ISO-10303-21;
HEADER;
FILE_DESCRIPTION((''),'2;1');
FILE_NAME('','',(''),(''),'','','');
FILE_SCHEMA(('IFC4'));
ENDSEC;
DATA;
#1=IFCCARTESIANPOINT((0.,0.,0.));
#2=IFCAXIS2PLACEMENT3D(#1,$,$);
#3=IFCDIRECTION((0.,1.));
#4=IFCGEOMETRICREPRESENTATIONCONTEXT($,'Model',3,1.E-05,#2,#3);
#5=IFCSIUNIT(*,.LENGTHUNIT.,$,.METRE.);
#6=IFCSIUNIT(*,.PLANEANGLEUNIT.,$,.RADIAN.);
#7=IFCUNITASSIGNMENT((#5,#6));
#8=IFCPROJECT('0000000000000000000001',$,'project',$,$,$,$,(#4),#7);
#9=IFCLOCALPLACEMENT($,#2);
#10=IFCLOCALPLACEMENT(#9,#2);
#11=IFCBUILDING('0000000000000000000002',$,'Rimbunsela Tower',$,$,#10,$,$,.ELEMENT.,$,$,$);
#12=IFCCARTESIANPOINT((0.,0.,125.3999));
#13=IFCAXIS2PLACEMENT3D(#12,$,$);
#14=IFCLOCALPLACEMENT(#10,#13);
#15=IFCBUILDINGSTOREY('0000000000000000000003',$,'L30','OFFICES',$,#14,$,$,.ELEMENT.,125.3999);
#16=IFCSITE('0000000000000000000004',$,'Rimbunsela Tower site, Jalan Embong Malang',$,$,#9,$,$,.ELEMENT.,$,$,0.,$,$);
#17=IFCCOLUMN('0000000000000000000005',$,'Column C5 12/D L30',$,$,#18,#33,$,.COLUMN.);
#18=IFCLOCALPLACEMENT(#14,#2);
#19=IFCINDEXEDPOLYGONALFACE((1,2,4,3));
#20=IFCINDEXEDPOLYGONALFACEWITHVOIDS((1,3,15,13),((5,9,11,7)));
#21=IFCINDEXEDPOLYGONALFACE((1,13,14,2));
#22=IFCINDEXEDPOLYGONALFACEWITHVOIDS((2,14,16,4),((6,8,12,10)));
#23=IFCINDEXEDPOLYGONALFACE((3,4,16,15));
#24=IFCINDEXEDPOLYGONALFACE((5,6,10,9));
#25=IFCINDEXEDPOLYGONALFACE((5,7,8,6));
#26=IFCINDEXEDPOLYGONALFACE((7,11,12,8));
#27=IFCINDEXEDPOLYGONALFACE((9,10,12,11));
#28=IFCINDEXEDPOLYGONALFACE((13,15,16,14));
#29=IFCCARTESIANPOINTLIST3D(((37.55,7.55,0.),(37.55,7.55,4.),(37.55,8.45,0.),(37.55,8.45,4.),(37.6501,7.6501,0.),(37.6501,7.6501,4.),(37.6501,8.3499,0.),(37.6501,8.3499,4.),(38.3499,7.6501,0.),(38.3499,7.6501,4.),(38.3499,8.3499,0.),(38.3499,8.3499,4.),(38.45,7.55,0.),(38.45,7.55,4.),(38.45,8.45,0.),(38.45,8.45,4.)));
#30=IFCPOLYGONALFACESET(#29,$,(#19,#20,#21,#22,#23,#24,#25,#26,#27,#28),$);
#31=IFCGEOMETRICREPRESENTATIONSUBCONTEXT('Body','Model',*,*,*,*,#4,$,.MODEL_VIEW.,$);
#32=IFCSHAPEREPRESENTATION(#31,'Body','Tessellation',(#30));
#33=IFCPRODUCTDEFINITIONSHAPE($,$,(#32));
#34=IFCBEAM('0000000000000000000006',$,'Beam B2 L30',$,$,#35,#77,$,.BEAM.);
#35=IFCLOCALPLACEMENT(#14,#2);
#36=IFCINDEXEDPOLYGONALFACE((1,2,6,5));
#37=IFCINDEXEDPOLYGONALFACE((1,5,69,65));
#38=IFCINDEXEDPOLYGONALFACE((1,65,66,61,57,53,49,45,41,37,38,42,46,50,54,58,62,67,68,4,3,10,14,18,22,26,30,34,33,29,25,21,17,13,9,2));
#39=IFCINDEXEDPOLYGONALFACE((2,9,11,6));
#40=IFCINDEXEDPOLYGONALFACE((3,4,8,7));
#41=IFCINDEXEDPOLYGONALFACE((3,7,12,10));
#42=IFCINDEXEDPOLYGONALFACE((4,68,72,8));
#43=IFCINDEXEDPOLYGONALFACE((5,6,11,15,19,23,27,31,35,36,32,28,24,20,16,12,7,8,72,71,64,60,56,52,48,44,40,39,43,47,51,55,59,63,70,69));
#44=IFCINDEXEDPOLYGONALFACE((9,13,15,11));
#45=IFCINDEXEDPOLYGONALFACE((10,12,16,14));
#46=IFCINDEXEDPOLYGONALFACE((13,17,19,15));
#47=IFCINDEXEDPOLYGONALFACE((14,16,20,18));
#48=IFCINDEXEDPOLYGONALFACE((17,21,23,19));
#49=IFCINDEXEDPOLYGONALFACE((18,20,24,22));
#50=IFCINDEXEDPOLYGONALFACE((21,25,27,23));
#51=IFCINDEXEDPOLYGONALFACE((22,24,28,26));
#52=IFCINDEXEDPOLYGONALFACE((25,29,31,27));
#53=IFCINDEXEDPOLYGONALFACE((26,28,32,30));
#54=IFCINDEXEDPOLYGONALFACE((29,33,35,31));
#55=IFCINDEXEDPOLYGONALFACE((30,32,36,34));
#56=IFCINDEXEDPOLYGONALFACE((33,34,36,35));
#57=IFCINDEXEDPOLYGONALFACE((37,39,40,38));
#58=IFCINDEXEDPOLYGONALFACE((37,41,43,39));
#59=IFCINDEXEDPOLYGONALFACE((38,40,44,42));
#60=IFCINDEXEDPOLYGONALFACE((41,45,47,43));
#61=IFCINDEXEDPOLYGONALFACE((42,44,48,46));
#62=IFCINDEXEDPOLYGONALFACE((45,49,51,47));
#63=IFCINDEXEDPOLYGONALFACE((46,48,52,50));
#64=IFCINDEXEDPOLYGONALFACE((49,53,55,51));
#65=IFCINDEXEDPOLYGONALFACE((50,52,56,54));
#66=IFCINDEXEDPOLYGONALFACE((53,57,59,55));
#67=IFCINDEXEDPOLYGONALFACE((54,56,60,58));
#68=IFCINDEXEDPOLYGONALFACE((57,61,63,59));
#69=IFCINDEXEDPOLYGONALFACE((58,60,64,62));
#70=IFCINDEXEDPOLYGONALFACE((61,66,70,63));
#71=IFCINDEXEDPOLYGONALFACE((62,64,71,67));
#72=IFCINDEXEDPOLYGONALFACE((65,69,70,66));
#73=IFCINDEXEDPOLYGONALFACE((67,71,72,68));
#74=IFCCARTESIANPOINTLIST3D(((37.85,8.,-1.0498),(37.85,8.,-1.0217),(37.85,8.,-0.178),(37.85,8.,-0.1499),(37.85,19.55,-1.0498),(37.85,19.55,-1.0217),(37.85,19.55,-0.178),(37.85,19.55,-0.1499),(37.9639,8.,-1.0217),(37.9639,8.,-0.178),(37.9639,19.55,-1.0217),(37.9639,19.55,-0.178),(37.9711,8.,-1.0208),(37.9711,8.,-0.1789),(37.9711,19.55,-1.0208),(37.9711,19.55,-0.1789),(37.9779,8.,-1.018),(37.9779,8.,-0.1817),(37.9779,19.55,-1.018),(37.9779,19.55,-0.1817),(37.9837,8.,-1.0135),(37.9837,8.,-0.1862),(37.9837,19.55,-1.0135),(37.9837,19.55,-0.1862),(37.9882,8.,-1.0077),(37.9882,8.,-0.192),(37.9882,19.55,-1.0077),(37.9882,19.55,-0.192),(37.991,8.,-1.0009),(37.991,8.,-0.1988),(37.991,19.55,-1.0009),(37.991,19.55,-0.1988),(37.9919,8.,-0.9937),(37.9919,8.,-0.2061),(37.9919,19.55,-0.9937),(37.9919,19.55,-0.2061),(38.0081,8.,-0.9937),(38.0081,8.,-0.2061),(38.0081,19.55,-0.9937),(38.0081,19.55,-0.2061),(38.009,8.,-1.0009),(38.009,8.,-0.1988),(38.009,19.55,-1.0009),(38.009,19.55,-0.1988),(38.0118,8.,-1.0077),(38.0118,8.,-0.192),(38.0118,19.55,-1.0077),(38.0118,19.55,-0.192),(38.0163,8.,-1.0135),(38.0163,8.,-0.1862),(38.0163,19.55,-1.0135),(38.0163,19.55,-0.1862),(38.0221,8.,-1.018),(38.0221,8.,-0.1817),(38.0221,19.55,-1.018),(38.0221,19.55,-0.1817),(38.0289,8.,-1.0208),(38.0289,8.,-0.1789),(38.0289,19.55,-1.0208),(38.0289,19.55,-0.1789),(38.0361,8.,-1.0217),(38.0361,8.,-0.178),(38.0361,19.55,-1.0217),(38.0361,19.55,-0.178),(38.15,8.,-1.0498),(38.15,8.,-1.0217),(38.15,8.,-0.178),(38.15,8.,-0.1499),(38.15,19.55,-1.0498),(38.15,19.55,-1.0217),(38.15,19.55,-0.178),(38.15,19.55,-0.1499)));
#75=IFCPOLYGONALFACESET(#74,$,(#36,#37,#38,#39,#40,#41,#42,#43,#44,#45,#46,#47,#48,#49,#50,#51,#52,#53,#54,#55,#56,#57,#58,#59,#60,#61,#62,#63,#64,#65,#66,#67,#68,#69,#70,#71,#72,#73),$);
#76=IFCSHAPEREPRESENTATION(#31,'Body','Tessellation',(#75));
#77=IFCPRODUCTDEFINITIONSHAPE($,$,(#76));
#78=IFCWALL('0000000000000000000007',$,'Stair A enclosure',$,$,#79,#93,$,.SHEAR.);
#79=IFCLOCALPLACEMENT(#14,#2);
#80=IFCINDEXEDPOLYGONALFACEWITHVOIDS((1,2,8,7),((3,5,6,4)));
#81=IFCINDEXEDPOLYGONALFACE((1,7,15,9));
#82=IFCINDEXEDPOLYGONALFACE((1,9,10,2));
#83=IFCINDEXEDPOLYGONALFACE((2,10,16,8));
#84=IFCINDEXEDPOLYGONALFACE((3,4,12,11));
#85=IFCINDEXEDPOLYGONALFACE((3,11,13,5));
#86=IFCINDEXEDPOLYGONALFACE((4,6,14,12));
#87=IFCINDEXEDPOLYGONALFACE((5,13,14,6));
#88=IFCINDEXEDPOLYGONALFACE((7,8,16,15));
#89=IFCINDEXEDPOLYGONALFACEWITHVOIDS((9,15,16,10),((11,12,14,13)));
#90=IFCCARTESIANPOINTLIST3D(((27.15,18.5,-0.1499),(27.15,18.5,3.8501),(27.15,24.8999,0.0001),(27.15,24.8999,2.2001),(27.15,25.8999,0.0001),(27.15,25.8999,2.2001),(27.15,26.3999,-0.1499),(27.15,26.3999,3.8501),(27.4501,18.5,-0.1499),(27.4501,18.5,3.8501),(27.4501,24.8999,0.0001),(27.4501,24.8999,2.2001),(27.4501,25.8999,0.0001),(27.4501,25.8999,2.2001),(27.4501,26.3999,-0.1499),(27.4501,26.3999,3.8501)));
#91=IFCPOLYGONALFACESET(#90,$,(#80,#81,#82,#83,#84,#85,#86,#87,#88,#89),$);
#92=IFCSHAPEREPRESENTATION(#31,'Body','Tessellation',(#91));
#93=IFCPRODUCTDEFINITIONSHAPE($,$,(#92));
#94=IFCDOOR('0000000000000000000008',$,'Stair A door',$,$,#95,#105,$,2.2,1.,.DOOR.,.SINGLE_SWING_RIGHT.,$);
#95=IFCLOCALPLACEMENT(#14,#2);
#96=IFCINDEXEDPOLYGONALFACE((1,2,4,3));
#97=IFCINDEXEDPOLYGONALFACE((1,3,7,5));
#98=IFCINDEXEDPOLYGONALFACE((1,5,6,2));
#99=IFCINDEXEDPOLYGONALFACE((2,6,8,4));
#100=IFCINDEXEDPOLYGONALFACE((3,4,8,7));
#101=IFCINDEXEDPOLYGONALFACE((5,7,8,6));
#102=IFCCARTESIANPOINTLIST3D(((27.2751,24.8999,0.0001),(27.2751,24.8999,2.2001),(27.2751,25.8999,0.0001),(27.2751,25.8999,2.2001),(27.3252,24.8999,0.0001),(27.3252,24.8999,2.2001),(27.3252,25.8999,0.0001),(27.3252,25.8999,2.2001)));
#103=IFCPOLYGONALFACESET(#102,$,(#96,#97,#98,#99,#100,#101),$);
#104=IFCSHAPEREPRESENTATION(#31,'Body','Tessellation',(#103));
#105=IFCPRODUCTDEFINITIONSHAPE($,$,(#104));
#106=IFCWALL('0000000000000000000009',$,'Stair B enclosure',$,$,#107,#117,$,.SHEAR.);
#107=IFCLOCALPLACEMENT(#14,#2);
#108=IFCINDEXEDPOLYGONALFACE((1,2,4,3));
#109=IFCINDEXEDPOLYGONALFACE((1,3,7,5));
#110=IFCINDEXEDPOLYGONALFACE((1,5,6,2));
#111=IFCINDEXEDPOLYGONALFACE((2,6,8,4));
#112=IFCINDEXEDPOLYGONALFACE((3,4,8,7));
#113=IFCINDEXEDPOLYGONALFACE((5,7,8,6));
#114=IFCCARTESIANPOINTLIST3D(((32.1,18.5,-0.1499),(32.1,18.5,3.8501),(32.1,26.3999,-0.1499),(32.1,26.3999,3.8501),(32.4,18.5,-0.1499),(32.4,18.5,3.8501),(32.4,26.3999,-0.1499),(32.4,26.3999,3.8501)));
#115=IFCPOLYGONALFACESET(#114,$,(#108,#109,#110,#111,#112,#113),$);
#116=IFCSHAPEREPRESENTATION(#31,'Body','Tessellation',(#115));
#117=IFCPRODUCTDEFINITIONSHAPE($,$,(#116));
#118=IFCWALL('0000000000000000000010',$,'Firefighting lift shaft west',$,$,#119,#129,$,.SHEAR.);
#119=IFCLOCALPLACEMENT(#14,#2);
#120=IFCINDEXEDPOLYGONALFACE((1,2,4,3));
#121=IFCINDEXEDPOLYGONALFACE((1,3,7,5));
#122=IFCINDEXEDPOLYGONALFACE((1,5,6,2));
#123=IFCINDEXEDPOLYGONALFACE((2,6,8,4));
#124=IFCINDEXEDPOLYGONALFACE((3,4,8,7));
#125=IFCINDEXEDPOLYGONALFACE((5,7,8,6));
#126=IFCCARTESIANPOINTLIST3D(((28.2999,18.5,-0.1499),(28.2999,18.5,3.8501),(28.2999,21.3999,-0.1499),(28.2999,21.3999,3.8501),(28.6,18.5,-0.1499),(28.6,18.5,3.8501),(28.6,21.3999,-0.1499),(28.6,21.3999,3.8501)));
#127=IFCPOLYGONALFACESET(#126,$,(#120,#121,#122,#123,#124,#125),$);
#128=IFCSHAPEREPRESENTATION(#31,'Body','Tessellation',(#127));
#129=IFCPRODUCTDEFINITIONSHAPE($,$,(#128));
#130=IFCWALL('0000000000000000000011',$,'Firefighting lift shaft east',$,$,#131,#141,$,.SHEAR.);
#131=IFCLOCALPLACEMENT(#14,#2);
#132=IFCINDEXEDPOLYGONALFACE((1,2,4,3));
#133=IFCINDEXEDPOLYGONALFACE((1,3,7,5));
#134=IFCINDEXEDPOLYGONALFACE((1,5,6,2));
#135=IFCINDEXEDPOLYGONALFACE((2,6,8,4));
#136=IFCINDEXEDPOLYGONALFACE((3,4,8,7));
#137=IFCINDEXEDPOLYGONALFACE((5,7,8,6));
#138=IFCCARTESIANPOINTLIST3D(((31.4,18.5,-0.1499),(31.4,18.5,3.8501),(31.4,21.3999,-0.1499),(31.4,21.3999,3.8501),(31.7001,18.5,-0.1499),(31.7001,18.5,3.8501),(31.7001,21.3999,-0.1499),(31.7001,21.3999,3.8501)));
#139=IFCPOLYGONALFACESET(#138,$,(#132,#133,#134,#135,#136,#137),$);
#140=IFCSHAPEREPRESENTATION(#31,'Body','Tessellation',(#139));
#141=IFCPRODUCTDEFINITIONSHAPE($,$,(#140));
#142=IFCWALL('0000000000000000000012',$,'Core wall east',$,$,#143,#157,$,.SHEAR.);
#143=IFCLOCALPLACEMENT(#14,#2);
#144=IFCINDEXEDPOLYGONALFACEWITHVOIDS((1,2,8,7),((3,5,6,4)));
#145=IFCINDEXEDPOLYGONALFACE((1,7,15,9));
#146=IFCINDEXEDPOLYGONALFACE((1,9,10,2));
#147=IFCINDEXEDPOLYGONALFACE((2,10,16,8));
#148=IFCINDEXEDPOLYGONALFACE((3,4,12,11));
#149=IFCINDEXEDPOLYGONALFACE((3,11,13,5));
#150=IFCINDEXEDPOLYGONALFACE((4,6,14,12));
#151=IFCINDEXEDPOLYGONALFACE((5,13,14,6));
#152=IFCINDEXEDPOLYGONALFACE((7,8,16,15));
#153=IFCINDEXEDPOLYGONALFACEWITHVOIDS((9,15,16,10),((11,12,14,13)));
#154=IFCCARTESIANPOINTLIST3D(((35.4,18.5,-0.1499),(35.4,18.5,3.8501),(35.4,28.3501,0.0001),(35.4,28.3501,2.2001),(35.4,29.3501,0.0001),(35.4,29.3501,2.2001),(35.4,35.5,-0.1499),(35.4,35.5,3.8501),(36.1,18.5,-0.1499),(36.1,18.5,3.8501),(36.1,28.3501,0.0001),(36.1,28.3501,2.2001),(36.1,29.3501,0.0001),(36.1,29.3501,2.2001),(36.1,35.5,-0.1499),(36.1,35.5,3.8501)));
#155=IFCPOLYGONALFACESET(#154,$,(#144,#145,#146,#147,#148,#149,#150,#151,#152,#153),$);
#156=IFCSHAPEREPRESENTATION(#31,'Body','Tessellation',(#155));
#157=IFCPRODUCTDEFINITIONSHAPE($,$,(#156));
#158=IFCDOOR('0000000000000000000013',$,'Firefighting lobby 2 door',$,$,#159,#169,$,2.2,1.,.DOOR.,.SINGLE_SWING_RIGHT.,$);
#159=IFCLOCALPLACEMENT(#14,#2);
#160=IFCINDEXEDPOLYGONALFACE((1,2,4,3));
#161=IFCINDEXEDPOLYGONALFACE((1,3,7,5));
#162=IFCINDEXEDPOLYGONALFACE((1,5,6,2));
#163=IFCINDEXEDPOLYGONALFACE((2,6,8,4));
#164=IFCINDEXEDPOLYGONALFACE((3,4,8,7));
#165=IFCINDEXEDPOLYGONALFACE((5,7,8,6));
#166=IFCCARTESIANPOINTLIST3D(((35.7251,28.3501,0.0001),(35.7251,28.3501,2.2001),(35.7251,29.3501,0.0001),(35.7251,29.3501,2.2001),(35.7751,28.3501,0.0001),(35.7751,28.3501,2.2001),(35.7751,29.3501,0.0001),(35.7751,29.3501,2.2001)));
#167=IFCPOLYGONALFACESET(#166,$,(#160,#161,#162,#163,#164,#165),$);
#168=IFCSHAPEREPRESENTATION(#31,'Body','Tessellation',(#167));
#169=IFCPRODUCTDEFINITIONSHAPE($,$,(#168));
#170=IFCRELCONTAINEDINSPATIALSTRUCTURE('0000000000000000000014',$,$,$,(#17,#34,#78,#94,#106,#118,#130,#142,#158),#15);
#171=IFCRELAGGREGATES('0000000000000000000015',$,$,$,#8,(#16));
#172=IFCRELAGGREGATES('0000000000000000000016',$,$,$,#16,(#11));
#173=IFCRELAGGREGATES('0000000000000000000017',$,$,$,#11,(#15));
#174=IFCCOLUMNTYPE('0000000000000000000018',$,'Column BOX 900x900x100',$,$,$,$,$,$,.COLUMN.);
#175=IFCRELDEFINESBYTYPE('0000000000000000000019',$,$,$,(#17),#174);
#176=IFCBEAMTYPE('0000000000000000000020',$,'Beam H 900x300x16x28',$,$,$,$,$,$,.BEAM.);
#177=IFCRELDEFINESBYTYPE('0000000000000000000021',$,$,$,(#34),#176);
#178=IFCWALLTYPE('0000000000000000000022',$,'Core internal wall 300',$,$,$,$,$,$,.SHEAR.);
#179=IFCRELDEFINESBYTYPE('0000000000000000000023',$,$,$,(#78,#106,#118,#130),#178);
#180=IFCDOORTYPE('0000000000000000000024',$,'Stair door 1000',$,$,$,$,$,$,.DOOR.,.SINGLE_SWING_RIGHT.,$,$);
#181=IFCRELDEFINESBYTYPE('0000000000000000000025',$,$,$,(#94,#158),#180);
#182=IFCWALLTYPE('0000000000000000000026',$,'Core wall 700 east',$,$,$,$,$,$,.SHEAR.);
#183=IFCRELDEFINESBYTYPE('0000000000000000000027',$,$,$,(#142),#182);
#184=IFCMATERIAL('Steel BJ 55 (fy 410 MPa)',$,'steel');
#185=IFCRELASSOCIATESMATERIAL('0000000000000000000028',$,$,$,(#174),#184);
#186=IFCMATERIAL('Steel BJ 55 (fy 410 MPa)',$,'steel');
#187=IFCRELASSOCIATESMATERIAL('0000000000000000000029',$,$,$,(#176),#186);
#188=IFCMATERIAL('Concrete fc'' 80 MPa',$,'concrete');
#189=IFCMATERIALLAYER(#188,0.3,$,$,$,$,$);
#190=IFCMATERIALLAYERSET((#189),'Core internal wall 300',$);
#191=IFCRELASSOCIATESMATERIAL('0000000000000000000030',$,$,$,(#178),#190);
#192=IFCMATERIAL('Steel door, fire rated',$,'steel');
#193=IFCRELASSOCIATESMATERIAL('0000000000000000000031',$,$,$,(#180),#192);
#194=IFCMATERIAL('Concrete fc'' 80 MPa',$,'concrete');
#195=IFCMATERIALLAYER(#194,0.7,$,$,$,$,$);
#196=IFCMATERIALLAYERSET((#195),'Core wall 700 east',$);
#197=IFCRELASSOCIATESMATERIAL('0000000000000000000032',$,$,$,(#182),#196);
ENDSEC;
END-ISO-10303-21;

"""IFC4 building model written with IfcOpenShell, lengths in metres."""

from ifc_helpers import new_model, si_unit, direction, frame, frame_2d, origin, origin_2d, place, context, subcontext, project, spatial, rectangle, hollow_rectangle, i_section, extrude, material, layer, layer_set, material_profile, profile_set, type_object, element, fill, save


model = new_model("IFC4")

# Units and contexts
model_context = context("Model", 3, precision=1e-05, world=origin(), true_north=direction((0.0, 1.0)))
body_context = subcontext(model_context, "Body", "Model", "MODEL_VIEW")
ifc_project = project(units=[si_unit("LENGTHUNIT", "METRE"), si_unit("PLANEANGLEUNIT", "RADIAN")], contexts=[model_context])

# Site, building, storey
site_placement = place(None, origin())
site = spatial("IfcSite", under=ifc_project, at=site_placement, Name="Rimbunsela Tower site, Jalan Embong Malang", CompositionType="ELEMENT", RefElevation=0.0)
building_placement = place(site_placement, origin())
building = spatial("IfcBuilding", under=site, at=building_placement, Name="Rimbunsela Tower", CompositionType="ELEMENT")
storey_placement = place(building_placement, frame((0.0, 0.0, 125.3999)))
storey = spatial("IfcBuildingStorey", under=building, at=storey_placement, Name="L30", Description="OFFICES", CompositionType="ELEMENT", Elevation=125.3999)

# Column
ifc_material_1 = material(Name="Steel BJ 55 (fy 410 MPa)", Category="steel")
ifc_material_profile_1 = material_profile(ifc_material_1, hollow_rectangle(XDim=0.8999, YDim=0.8999, WallThickness=0.1001, at=origin_2d()), Name="BOX 900x900x100")
ifc_profile_set_1 = profile_set([ifc_material_profile_1], Name="Steel BJ 55 (fy 410 MPa)")
column_type = type_object("IfcColumnType", Name="Column BOX 900x900x100", PredefinedType="COLUMN", material=ifc_profile_set_1)
column_placement = place(storey_placement, frame((38.0, 8.0, 0.0), z_axis=(0.0, 0.0, 1.0), x_axis=(1.0, 0.0, 0.0)))
element("IfcColumn", 1, at=column_placement, inside=storey, type_object=column_type, Name="Column C5 12/D L30", PredefinedType="COLUMN", context=body_context, shape_type="SweptSolid", body=[
    extrude(hollow_rectangle(XDim=0.8999, YDim=0.8999, WallThickness=0.1001, at=origin_2d()), origin(), (0.0, 0.0, 1.0), 4.0),
])

# Beam
ifc_material_2 = material(Name="Steel BJ 55 (fy 410 MPa)", Category="steel")
ifc_material_profile_2 = material_profile(ifc_material_2, i_section(OverallWidth=0.3, OverallDepth=0.8999, WebThickness=0.0161, FlangeThickness=0.0281, FilletRadius=0.0281, at=origin_2d()), Name="H 900x300x16x28")
ifc_profile_set_2 = profile_set([ifc_material_profile_2], Name="Steel BJ 55 (fy 410 MPa)")
beam_type = type_object("IfcBeamType", Name="Beam H 900x300x16x28", PredefinedType="BEAM", material=ifc_profile_set_2)
beam_placement = place(storey_placement, frame((38.0, 8.0, -0.5999), z_axis=(0.0, 1.0, 0.0), x_axis=(-1.0, 0.0, 0.0)))
element("IfcBeam", 2, at=beam_placement, inside=storey, type_object=beam_type, Name="Beam B2 L30", PredefinedType="BEAM", context=body_context, shape_type="SweptSolid", body=[
    extrude(i_section(OverallWidth=0.3, OverallDepth=0.8999, WebThickness=0.0161, FlangeThickness=0.0281, FilletRadius=0.0281, at=origin_2d()), origin(), (0.0, 0.0, 1.0), 11.55),
])

# Wall, opening, door
ifc_material_3 = material(Name="Concrete fc' 80 MPa", Category="concrete")
ifc_layer_1 = layer(ifc_material_3, 0.3)
ifc_layer_set_1 = layer_set([ifc_layer_1], Name="Core internal wall 300")
wall_type_1 = type_object("IfcWallType", Name="Core internal wall 300", PredefinedType="SHEAR", material=ifc_layer_set_1)
wall_1_placement = place(storey_placement, frame((27.3, 18.5, -0.1499), z_axis=(0.0, 0.0, 1.0), x_axis=(0.0, 1.0, 0.0)))
wall_1 = element("IfcWall", 3, at=wall_1_placement, inside=storey, type_object=wall_type_1, Name="Stair A enclosure", PredefinedType="SHEAR", context=body_context, shape_type="SweptSolid", body=[
    extrude(rectangle(XDim=7.8999, YDim=0.3, at=frame_2d((3.95, 0.0))), origin(), (0.0, 0.0, 1.0), 4.0),
])
opening_1_placement = place(wall_1_placement, frame((6.3999, 0.0, 0.1499)))
opening_1 = element("IfcOpeningElement", 4, at=opening_1_placement, cuts=wall_1, PredefinedType="OPENING", context=body_context, shape_type="SweptSolid", body=[
    extrude(rectangle(XDim=1.0, YDim=2.2, at=frame_2d((0.5, 1.1001))), frame((0.0, 0.1599, 0.0), z_axis=(0.0, -1.0, 0.0), x_axis=(1.0, 0.0, 0.0)), (0.0, 0.0, 1.0), 0.3201),
])
ifc_material_4 = material(Name="Steel door, fire rated", Category="steel")
door_type_1 = type_object("IfcDoorType", Name="Stair door 1000", OperationType="SINGLE_SWING_RIGHT", PredefinedType="DOOR", material=ifc_material_4)
door_1_placement = place(opening_1_placement, origin())
door_1 = element("IfcDoor", 5, at=door_1_placement, inside=storey, type_object=door_type_1, Name="Stair A door", OperationType="SINGLE_SWING_RIGHT", OverallHeight=2.2, OverallWidth=1.0, PredefinedType="DOOR", context=body_context, shape_type="SweptSolid", body=[
    extrude(rectangle(XDim=1.0, YDim=2.2, at=frame_2d((0.5, 1.1001))), frame((0.0, 0.0249, 0.0), z_axis=(0.0, -1.0, 0.0), x_axis=(1.0, 0.0, 0.0)), (0.0, 0.0, 1.0), 0.05),
])
fill(opening_1, door_1)

# Walls
wall_2_placement = place(storey_placement, frame((32.25, 18.5, -0.1499), z_axis=(0.0, 0.0, 1.0), x_axis=(0.0, 1.0, 0.0)))
element("IfcWall", 6, at=wall_2_placement, inside=storey, type_object=wall_type_1, Name="Stair B enclosure", PredefinedType="SHEAR", context=body_context, shape_type="SweptSolid", body=[
    extrude(rectangle(XDim=7.8999, YDim=0.3, at=frame_2d((3.95, 0.0))), origin(), (0.0, 0.0, 1.0), 4.0),
])
for number, where, z_axis, x_axis, name in (
    (7, (28.45, 18.5, -0.1499), (0.0, 0.0, 1.0), (0.0, 1.0, 0.0), "Firefighting lift shaft west"),
    (8, (31.55, 18.5, -0.1499), (0.0, 0.0, 1.0), (0.0, 1.0, 0.0), "Firefighting lift shaft east"),
):
    element("IfcWall", number, at=place(storey_placement, frame(where, z_axis=z_axis, x_axis=x_axis)), inside=storey, type_object=wall_type_1, Name=name, PredefinedType="SHEAR", context=body_context, shape_type="SweptSolid", body=[
        extrude(rectangle(XDim=2.8999, YDim=0.3, at=frame_2d((1.45, 0.0))), origin(), (0.0, 0.0, 1.0), 4.0),
    ])

# Wall, opening, door
ifc_material_5 = material(Name="Concrete fc' 80 MPa", Category="concrete")
ifc_layer_2 = layer(ifc_material_5, 0.7)
ifc_layer_set_2 = layer_set([ifc_layer_2], Name="Core wall 700 east")
wall_type_2 = type_object("IfcWallType", Name="Core wall 700 east", PredefinedType="SHEAR", material=ifc_layer_set_2)
wall_3_placement = place(storey_placement, frame((35.75, 18.5, -0.1499), z_axis=(0.0, 0.0, 1.0), x_axis=(0.0, 1.0, 0.0)))
wall_3 = element("IfcWall", 9, at=wall_3_placement, inside=storey, type_object=wall_type_2, Name="Core wall east", PredefinedType="SHEAR", context=body_context, shape_type="SweptSolid", body=[
    extrude(rectangle(XDim=17.0, YDim=0.7, at=frame_2d((8.5, 0.0))), origin(), (0.0, 0.0, 1.0), 4.0),
])
opening_2_placement = place(wall_3_placement, frame((9.8501, 0.0, 0.1499)))
opening_2 = element("IfcOpeningElement", 10, at=opening_2_placement, cuts=wall_3, PredefinedType="OPENING", context=body_context, shape_type="SweptSolid", body=[
    extrude(rectangle(XDim=1.0, YDim=2.2, at=frame_2d((0.5, 1.1001))), frame((0.0, 0.3599, 0.0), z_axis=(0.0, -1.0, 0.0), x_axis=(1.0, 0.0, 0.0)), (0.0, 0.0, 1.0), 0.72),
])
door_2_placement = place(opening_2_placement, origin())
door_2 = element("IfcDoor", 11, at=door_2_placement, inside=storey, type_object=door_type_1, Name="Firefighting lobby 2 door", OperationType="SINGLE_SWING_RIGHT", OverallHeight=2.2, OverallWidth=1.0, PredefinedType="DOOR", context=body_context, shape_type="SweptSolid", body=[
    extrude(rectangle(XDim=1.0, YDim=2.2, at=frame_2d((0.5, 1.1001))), frame((0.0, 0.0249, 0.0), z_axis=(0.0, -1.0, 0.0), x_axis=(1.0, 0.0, 0.0)), (0.0, 0.0, 1.0), 0.05),
])
fill(opening_2, door_2)

save(model, "model.ifc")
